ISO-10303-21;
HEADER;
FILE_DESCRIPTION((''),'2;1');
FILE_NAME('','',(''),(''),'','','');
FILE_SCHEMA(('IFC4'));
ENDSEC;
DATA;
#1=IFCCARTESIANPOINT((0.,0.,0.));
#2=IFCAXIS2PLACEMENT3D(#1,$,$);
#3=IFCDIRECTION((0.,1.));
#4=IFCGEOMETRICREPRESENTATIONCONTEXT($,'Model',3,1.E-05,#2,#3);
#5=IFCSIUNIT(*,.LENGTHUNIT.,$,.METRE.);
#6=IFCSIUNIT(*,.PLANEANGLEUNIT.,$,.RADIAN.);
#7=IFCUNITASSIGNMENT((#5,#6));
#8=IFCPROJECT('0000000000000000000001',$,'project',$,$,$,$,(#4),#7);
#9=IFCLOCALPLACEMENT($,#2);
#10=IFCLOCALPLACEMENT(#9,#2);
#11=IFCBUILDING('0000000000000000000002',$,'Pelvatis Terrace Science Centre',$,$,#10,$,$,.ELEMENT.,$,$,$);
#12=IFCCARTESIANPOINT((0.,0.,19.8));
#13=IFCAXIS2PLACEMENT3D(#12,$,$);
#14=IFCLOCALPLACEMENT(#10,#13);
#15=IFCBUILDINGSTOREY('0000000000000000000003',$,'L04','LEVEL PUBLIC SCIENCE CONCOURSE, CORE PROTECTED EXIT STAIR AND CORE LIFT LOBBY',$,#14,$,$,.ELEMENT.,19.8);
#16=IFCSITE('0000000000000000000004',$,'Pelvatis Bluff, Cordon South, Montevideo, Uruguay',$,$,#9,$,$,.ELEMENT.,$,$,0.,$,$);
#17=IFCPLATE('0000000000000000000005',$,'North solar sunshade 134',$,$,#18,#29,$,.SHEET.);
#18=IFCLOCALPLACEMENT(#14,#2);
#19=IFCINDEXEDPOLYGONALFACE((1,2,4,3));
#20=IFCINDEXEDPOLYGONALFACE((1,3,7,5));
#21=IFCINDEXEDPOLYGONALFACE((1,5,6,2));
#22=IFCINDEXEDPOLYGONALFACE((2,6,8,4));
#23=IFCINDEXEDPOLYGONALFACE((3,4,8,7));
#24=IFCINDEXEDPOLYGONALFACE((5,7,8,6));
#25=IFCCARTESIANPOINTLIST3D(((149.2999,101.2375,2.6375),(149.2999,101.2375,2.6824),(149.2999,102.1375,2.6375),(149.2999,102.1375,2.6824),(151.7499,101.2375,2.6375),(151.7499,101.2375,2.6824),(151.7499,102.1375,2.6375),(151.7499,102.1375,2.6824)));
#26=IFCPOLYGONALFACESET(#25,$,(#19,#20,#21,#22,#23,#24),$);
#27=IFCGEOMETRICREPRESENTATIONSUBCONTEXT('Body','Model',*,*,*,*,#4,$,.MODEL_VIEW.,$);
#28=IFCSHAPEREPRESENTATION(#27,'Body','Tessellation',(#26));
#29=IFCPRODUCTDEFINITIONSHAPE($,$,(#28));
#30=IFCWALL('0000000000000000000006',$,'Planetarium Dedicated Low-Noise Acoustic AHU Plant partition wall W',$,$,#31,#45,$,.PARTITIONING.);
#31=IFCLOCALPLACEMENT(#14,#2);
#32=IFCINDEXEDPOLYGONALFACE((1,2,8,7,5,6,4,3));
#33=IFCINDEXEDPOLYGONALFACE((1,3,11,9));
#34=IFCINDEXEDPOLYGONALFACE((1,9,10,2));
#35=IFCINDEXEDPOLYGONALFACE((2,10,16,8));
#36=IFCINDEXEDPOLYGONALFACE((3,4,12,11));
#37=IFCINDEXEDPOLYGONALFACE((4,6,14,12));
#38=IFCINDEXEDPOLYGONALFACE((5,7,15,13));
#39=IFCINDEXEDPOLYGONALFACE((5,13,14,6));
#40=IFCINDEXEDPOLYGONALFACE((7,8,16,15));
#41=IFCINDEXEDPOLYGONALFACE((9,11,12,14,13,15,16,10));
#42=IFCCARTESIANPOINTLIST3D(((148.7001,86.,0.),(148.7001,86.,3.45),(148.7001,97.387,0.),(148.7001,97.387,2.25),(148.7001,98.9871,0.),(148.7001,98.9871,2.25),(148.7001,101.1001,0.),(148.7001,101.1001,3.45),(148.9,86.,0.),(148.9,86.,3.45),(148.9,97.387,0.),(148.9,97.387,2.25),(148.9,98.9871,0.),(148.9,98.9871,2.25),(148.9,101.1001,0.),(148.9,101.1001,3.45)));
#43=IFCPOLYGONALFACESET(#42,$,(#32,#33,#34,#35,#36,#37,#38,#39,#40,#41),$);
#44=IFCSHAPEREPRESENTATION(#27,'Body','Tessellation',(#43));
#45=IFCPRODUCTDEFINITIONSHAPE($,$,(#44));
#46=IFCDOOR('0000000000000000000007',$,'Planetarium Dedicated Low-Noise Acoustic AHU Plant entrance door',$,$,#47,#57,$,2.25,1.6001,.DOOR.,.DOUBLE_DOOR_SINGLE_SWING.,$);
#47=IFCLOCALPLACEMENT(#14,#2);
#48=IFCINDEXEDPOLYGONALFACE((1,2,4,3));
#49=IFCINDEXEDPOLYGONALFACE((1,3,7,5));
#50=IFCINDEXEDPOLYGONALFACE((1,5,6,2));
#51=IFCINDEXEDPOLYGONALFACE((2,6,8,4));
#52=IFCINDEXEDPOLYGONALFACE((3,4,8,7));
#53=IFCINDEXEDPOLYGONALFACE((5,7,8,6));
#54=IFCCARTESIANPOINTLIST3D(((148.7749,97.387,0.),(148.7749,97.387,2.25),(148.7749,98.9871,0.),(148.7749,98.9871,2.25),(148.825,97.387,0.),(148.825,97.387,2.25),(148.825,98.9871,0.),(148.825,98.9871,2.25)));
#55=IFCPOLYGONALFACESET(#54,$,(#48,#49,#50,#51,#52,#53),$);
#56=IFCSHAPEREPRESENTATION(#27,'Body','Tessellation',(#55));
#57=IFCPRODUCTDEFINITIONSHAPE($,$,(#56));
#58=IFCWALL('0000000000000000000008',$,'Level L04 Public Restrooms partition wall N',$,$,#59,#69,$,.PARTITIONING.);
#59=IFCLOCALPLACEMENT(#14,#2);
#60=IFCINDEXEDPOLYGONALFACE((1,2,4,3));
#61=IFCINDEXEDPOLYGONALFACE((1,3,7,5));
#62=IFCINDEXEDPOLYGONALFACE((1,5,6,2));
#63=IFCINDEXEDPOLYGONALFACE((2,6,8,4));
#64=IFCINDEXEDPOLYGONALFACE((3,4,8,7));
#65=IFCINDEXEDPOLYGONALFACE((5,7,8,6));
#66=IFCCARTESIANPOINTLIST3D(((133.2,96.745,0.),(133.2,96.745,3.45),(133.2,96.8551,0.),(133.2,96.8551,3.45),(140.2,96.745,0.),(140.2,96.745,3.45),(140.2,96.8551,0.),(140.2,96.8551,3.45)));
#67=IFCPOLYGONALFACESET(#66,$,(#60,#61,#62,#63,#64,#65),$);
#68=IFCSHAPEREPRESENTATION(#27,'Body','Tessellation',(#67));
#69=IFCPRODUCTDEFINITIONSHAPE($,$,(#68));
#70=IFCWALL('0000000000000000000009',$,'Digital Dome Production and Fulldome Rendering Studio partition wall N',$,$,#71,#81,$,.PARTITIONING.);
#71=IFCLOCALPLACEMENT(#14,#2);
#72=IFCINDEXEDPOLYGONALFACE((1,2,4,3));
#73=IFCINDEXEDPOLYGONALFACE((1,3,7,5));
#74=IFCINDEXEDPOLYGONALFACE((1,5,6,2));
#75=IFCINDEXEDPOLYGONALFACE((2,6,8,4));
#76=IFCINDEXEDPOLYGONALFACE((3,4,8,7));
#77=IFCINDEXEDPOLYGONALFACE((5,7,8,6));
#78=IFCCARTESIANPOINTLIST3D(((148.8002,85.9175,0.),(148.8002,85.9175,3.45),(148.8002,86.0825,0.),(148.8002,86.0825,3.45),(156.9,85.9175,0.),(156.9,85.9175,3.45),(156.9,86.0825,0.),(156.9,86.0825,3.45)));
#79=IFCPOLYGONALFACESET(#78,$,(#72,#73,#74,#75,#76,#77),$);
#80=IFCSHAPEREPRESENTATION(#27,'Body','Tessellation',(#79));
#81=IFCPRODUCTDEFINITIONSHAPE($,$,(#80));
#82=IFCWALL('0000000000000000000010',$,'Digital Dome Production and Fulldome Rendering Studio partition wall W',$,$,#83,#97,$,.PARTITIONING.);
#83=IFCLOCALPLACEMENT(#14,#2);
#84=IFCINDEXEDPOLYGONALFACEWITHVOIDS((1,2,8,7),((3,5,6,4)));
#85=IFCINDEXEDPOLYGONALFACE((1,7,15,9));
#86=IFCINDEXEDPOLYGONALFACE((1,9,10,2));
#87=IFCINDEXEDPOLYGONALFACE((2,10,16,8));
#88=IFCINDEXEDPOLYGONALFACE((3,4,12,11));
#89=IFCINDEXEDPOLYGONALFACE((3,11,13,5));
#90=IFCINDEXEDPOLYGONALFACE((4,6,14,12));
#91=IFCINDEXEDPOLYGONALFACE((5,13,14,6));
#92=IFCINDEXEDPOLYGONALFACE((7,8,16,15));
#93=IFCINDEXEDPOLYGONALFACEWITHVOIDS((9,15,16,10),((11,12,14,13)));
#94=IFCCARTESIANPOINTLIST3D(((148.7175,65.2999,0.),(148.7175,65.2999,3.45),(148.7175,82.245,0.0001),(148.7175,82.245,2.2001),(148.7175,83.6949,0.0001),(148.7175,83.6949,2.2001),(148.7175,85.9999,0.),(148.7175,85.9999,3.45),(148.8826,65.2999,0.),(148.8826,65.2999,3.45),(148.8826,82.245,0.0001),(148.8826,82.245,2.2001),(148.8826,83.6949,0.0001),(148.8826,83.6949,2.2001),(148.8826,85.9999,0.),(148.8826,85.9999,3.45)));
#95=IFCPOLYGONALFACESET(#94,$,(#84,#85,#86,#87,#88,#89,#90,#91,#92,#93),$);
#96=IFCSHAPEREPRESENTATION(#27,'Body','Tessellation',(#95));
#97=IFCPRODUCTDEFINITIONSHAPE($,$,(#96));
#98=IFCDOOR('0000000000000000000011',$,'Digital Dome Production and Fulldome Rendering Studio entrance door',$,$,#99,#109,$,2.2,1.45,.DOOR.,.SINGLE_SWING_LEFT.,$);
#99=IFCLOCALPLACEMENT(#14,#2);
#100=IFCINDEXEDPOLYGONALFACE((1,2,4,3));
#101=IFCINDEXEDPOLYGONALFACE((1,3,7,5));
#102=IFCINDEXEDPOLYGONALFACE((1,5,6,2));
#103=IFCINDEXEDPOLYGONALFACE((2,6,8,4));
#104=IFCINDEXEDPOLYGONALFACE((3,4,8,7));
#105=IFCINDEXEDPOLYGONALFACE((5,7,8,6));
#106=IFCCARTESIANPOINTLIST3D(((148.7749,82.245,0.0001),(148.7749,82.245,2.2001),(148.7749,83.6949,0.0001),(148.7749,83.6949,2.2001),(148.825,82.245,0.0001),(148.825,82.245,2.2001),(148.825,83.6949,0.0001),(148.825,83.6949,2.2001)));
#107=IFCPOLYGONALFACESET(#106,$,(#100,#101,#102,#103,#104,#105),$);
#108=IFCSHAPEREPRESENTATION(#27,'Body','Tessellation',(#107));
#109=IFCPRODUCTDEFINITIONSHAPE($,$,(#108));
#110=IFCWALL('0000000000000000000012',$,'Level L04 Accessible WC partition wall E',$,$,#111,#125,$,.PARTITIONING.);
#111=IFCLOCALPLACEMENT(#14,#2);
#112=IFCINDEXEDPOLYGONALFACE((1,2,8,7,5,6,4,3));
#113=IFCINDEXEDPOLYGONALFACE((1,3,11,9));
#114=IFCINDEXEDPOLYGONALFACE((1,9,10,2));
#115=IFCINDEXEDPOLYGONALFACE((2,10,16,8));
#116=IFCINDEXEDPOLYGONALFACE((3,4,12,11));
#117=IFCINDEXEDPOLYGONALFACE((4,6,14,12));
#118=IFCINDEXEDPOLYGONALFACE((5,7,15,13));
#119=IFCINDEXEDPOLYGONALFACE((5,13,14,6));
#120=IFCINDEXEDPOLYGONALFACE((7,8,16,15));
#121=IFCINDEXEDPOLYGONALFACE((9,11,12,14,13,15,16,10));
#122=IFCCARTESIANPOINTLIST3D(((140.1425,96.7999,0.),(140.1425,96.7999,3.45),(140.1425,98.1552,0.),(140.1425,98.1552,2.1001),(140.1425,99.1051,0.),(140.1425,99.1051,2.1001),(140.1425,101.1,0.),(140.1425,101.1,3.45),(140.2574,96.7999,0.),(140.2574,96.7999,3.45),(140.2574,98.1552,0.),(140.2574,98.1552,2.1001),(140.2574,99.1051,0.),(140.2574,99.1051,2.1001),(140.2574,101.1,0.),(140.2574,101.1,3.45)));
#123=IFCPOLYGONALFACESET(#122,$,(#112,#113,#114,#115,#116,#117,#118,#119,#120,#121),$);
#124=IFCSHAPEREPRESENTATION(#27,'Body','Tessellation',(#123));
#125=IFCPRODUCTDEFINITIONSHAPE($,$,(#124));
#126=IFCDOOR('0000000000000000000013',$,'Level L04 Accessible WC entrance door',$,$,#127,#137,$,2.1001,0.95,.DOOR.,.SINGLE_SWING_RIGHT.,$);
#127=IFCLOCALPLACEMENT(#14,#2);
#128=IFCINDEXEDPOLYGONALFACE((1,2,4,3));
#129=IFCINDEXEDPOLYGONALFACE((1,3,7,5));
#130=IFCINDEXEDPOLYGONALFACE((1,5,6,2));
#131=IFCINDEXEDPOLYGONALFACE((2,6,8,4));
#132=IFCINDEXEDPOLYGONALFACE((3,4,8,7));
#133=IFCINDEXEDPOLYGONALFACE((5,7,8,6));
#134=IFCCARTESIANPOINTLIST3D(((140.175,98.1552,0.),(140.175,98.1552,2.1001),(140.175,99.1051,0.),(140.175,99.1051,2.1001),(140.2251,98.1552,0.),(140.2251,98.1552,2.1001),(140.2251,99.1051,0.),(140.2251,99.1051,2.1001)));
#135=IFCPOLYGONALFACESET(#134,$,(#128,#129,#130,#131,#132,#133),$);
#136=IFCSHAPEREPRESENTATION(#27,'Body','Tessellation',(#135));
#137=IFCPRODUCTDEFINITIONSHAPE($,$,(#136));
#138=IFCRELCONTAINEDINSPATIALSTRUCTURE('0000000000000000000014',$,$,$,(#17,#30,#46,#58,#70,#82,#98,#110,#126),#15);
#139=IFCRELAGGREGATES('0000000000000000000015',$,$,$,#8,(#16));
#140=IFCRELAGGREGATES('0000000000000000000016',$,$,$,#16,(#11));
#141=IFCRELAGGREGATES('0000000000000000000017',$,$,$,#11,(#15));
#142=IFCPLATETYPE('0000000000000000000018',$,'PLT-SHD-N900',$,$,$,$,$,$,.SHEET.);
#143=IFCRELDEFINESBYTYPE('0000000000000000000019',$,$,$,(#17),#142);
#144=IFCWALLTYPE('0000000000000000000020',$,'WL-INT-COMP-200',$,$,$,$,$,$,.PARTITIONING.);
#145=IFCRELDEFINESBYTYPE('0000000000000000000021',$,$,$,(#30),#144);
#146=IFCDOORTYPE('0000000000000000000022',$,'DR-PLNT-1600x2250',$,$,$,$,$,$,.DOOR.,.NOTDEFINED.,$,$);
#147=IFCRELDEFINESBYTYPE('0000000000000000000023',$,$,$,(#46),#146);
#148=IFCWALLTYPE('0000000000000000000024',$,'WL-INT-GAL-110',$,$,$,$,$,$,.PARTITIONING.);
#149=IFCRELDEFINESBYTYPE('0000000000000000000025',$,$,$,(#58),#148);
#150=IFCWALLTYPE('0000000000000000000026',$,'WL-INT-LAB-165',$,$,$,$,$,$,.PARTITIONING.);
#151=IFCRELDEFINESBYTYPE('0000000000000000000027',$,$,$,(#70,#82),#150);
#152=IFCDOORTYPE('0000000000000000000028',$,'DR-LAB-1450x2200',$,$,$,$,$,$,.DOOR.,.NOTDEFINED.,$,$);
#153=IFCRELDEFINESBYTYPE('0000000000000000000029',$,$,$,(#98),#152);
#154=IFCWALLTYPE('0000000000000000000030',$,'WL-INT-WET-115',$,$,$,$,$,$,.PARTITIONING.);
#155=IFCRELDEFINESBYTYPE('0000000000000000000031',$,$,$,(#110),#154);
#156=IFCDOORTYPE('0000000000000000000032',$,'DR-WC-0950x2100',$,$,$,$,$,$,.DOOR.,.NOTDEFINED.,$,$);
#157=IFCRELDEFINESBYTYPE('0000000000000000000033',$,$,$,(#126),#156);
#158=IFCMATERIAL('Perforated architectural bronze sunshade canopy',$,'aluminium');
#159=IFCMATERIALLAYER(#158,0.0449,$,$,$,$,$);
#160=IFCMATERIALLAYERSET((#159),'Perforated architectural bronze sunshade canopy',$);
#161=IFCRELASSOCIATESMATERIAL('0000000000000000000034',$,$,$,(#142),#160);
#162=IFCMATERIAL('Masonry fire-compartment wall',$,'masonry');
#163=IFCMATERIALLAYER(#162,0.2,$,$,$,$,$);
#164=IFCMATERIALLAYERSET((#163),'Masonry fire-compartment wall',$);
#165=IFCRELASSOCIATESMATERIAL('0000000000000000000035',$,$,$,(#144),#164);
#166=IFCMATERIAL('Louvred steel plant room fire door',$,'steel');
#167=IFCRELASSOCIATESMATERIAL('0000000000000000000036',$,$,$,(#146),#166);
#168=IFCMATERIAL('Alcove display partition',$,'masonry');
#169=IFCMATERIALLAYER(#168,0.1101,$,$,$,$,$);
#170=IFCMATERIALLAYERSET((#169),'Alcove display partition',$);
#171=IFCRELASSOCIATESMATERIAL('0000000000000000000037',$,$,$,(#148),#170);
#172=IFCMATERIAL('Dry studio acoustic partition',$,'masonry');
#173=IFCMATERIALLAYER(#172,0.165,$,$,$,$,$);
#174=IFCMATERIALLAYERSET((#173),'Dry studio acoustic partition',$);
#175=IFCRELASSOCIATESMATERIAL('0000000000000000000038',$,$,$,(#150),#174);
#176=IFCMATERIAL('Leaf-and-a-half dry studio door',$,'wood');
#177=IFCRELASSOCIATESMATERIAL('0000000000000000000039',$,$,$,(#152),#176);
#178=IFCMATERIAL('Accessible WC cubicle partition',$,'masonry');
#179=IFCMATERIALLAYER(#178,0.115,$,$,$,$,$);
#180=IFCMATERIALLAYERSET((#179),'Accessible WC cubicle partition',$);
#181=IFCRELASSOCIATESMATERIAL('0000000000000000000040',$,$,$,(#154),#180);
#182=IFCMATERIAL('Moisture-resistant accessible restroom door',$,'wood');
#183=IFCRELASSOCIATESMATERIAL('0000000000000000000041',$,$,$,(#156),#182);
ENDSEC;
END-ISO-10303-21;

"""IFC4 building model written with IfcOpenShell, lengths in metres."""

from ifc_helpers import new_model, si_unit, direction, frame, frame_2d, origin, origin_2d, place, context, subcontext, project, spatial, rectangle, extrude, material, layer, layer_set, type_object, element, fill, save


model = new_model("IFC4")

# Units and contexts
model_context = context("Model", 3, precision=1e-05, world=origin(), true_north=direction((0.0, 1.0)))
body_context = subcontext(model_context, "Body", "Model", "MODEL_VIEW")
ifc_project = project(units=[si_unit("LENGTHUNIT", "METRE"), si_unit("PLANEANGLEUNIT", "RADIAN")], contexts=[model_context])

# Site, building, storey
site_placement = place(None, origin())
site = spatial("IfcSite", under=ifc_project, at=site_placement, Name="Pelvatis Bluff, Cordon South, Montevideo, Uruguay", CompositionType="ELEMENT", RefElevation=0.0)
building_placement = place(site_placement, origin())
building = spatial("IfcBuilding", under=site, at=building_placement, Name="Pelvatis Terrace Science Centre", CompositionType="ELEMENT")
storey_placement = place(building_placement, frame((0.0, 0.0, 19.8)))
storey = spatial("IfcBuildingStorey", under=building, at=storey_placement, Name="L04", Description="LEVEL PUBLIC SCIENCE CONCOURSE, CORE PROTECTED EXIT STAIR AND CORE LIFT LOBBY", CompositionType="ELEMENT", Elevation=19.8)

# Plate
ifc_material_1 = material(Name="Perforated architectural bronze sunshade canopy", Category="aluminium")
ifc_layer_1 = layer(ifc_material_1, 0.0449)
ifc_layer_set_1 = layer_set([ifc_layer_1], Name="Perforated architectural bronze sunshade canopy")
plate_type_1 = type_object("IfcPlateType", Name="PLT-SHD-N900", PredefinedType="SHEET", material=ifc_layer_set_1)
for number, where, z_axis, x_axis, name in (
    (1, (150.5249, 101.6875, 2.6375), (0.0, 0.0, 1.0), (1.0, 0.0, 0.0), "North solar sunshade 134"),
):
    element("IfcPlate", number, at=place(storey_placement, frame(where, z_axis=z_axis, x_axis=x_axis)), inside=storey, type_object=plate_type_1, Name=name, PredefinedType="SHEET", context=body_context, shape_type="SweptSolid", body=[
        extrude(rectangle(XDim=2.45, YDim=0.8999, at=origin_2d()), origin(), (0.0, 0.0, 1.0), 0.0449),
    ])

# Wall, opening, door
ifc_material_2 = material(Name="Masonry fire-compartment wall", Category="masonry")
ifc_layer_2 = layer(ifc_material_2, 0.2)
ifc_layer_set_2 = layer_set([ifc_layer_2], Name="Masonry fire-compartment wall")
wall_type_1 = type_object("IfcWallType", Name="WL-INT-COMP-200", PredefinedType="PARTITIONING", material=ifc_layer_set_2)
wall_1_placement = place(storey_placement, frame((148.8, 101.1001, 0.0), z_axis=(0.0, 0.0, 1.0), x_axis=(0.0, -1.0, 0.0)))
wall_1 = element("IfcWall", 2, at=wall_1_placement, inside=storey, type_object=wall_type_1, Name="Planetarium Dedicated Low-Noise Acoustic AHU Plant partition wall W", PredefinedType="PARTITIONING", context=body_context, shape_type="SweptSolid", body=[
    extrude(rectangle(XDim=15.1001, YDim=0.2, at=frame_2d((7.55, 0.0))), origin(), (0.0, 0.0, 1.0), 3.45),
])
opening_1_placement = place(wall_1_placement, frame((2.113, 0.0, 0.0)))
opening_1 = element("IfcOpeningElement", 3, at=opening_1_placement, cuts=wall_1, PredefinedType="OPENING", context=body_context, shape_type="SweptSolid", body=[
    extrude(rectangle(XDim=1.6001, YDim=2.25, at=frame_2d((0.8, 1.125))), frame((0.0, 0.1099, 0.0), z_axis=(0.0, -1.0, 0.0), x_axis=(1.0, 0.0, 0.0)), (0.0, 0.0, 1.0), 0.22),
])
ifc_material_3 = material(Name="Louvred steel plant room fire door", Category="steel")
door_type_1 = type_object("IfcDoorType", Name="DR-PLNT-1600x2250", OperationType="NOTDEFINED", PredefinedType="DOOR", material=ifc_material_3)
door_1_placement = place(opening_1_placement, origin())
door_1 = element("IfcDoor", 4, at=door_1_placement, inside=storey, type_object=door_type_1, Name="Planetarium Dedicated Low-Noise Acoustic AHU Plant entrance door", OperationType="DOUBLE_DOOR_SINGLE_SWING", OverallHeight=2.25, OverallWidth=1.6001, PredefinedType="DOOR", context=body_context, shape_type="SweptSolid", body=[
    extrude(rectangle(XDim=1.6001, YDim=2.25, at=frame_2d((0.8, 1.125))), frame((0.0, 0.0249, 0.0), z_axis=(0.0, -1.0, 0.0), x_axis=(1.0, 0.0, 0.0)), (0.0, 0.0, 1.0), 0.05),
])
fill(opening_1, door_1)

# Walls
ifc_material_4 = material(Name="Alcove display partition", Category="masonry")
ifc_layer_3 = layer(ifc_material_4, 0.1101)
ifc_layer_set_3 = layer_set([ifc_layer_3], Name="Alcove display partition")
wall_type_2 = type_object("IfcWallType", Name="WL-INT-GAL-110", PredefinedType="PARTITIONING", material=ifc_layer_set_3)
wall_2_placement = place(storey_placement, frame((140.2, 96.8, 0.0), z_axis=(0.0, 0.0, 1.0), x_axis=(-1.0, 0.0, 0.0)))
element("IfcWall", 5, at=wall_2_placement, inside=storey, type_object=wall_type_2, Name="Level L04 Public Restrooms partition wall N", PredefinedType="PARTITIONING", context=body_context, shape_type="SweptSolid", body=[
    extrude(rectangle(XDim=7.0, YDim=0.1101, at=frame_2d((3.5, 0.0))), origin(), (0.0, 0.0, 1.0), 3.45),
])
ifc_material_5 = material(Name="Dry studio acoustic partition", Category="masonry")
ifc_layer_4 = layer(ifc_material_5, 0.165)
ifc_layer_set_4 = layer_set([ifc_layer_4], Name="Dry studio acoustic partition")
wall_type_3 = type_object("IfcWallType", Name="WL-INT-LAB-165", PredefinedType="PARTITIONING", material=ifc_layer_set_4)
wall_3_placement = place(storey_placement, frame((156.8999, 86.0, 0.0), z_axis=(0.0, 0.0, 1.0), x_axis=(-1.0, 0.0, 0.0)))
element("IfcWall", 6, at=wall_3_placement, inside=storey, type_object=wall_type_3, Name="Digital Dome Production and Fulldome Rendering Studio partition wall N", PredefinedType="PARTITIONING", context=body_context, shape_type="SweptSolid", body=[
    extrude(rectangle(XDim=8.0999, YDim=0.165, at=frame_2d((4.0498, 0.0))), origin(), (0.0, 0.0, 1.0), 3.45),
])

# Walls, openings, doors
wall_4_placement = place(storey_placement, frame((148.8, 86.0, 0.0), z_axis=(0.0, 0.0, 1.0), x_axis=(0.0, -1.0, 0.0)))
wall_4 = element("IfcWall", 7, at=wall_4_placement, inside=storey, type_object=wall_type_3, Name="Digital Dome Production and Fulldome Rendering Studio partition wall W", PredefinedType="PARTITIONING", context=body_context, shape_type="SweptSolid", body=[
    extrude(rectangle(XDim=20.7, YDim=0.165, at=frame_2d((10.3501, 0.0))), origin(), (0.0, 0.0, 1.0), 3.45),
])
opening_2_placement = place(wall_4_placement, frame((2.3049, 0.0, 0.0)))
opening_2 = element("IfcOpeningElement", 8, at=opening_2_placement, cuts=wall_4, PredefinedType="OPENING", context=body_context, shape_type="SweptSolid", body=[
    extrude(rectangle(XDim=1.45, YDim=2.2, at=frame_2d((0.7251, 1.1001))), frame((0.0, 0.0925, 0.0), z_axis=(0.0, -1.0, 0.0), x_axis=(1.0, 0.0, 0.0)), (0.0, 0.0, 1.0), 0.1851),
])
ifc_material_6 = material(Name="Leaf-and-a-half dry studio door", Category="wood")
door_type_2 = type_object("IfcDoorType", Name="DR-LAB-1450x2200", OperationType="NOTDEFINED", PredefinedType="DOOR", material=ifc_material_6)
door_2_placement = place(opening_2_placement, origin())
door_2 = element("IfcDoor", 9, at=door_2_placement, inside=storey, type_object=door_type_2, Name="Digital Dome Production and Fulldome Rendering Studio entrance door", OperationType="SINGLE_SWING_LEFT", OverallHeight=2.2, OverallWidth=1.45, PredefinedType="DOOR", context=body_context, shape_type="SweptSolid", body=[
    extrude(rectangle(XDim=1.45, YDim=2.2, at=frame_2d((0.7251, 1.1001))), frame((0.0, 0.0249, 0.0), z_axis=(0.0, -1.0, 0.0), x_axis=(1.0, 0.0, 0.0)), (0.0, 0.0, 1.0), 0.05),
])
fill(opening_2, door_2)
ifc_material_7 = material(Name="Accessible WC cubicle partition", Category="masonry")
ifc_layer_5 = layer(ifc_material_7, 0.115)
ifc_layer_set_5 = layer_set([ifc_layer_5], Name="Accessible WC cubicle partition")
wall_type_4 = type_object("IfcWallType", Name="WL-INT-WET-115", PredefinedType="PARTITIONING", material=ifc_layer_set_5)
wall_5_placement = place(storey_placement, frame((140.2, 96.8, 0.0), z_axis=(0.0, 0.0, 1.0), x_axis=(0.0, 1.0, 0.0)))
wall_5 = element("IfcWall", 10, at=wall_5_placement, inside=storey, type_object=wall_type_4, Name="Level L04 Accessible WC partition wall E", PredefinedType="PARTITIONING", context=body_context, shape_type="SweptSolid", body=[
    extrude(rectangle(XDim=4.3, YDim=0.115, at=frame_2d((2.1499, 0.0))), origin(), (0.0, 0.0, 1.0), 3.45),
])
opening_3_placement = place(wall_5_placement, frame((1.355, 0.0, 0.0)))
opening_3 = element("IfcOpeningElement", 11, at=opening_3_placement, cuts=wall_5, PredefinedType="OPENING", context=body_context, shape_type="SweptSolid", body=[
    extrude(rectangle(XDim=0.95, YDim=2.1001, at=frame_2d((0.4751, 1.05))), frame((0.0, 0.0674, 0.0), z_axis=(0.0, -1.0, 0.0), x_axis=(1.0, 0.0, 0.0)), (0.0, 0.0, 1.0), 0.135),
])
ifc_material_8 = material(Name="Moisture-resistant accessible restroom door", Category="wood")
door_type_3 = type_object("IfcDoorType", Name="DR-WC-0950x2100", OperationType="NOTDEFINED", PredefinedType="DOOR", material=ifc_material_8)
door_3_placement = place(opening_3_placement, origin())
door_3 = element("IfcDoor", 12, at=door_3_placement, inside=storey, type_object=door_type_3, Name="Level L04 Accessible WC entrance door", OperationType="SINGLE_SWING_RIGHT", OverallHeight=2.1001, OverallWidth=0.95, PredefinedType="DOOR", context=body_context, shape_type="SweptSolid", body=[
    extrude(rectangle(XDim=0.95, YDim=2.1001, at=frame_2d((0.4751, 1.05))), frame((0.0, 0.0249, 0.0), z_axis=(0.0, -1.0, 0.0), x_axis=(1.0, 0.0, 0.0)), (0.0, 0.0, 1.0), 0.05),
])
fill(opening_3, door_3)

save(model, "model.ifc")
